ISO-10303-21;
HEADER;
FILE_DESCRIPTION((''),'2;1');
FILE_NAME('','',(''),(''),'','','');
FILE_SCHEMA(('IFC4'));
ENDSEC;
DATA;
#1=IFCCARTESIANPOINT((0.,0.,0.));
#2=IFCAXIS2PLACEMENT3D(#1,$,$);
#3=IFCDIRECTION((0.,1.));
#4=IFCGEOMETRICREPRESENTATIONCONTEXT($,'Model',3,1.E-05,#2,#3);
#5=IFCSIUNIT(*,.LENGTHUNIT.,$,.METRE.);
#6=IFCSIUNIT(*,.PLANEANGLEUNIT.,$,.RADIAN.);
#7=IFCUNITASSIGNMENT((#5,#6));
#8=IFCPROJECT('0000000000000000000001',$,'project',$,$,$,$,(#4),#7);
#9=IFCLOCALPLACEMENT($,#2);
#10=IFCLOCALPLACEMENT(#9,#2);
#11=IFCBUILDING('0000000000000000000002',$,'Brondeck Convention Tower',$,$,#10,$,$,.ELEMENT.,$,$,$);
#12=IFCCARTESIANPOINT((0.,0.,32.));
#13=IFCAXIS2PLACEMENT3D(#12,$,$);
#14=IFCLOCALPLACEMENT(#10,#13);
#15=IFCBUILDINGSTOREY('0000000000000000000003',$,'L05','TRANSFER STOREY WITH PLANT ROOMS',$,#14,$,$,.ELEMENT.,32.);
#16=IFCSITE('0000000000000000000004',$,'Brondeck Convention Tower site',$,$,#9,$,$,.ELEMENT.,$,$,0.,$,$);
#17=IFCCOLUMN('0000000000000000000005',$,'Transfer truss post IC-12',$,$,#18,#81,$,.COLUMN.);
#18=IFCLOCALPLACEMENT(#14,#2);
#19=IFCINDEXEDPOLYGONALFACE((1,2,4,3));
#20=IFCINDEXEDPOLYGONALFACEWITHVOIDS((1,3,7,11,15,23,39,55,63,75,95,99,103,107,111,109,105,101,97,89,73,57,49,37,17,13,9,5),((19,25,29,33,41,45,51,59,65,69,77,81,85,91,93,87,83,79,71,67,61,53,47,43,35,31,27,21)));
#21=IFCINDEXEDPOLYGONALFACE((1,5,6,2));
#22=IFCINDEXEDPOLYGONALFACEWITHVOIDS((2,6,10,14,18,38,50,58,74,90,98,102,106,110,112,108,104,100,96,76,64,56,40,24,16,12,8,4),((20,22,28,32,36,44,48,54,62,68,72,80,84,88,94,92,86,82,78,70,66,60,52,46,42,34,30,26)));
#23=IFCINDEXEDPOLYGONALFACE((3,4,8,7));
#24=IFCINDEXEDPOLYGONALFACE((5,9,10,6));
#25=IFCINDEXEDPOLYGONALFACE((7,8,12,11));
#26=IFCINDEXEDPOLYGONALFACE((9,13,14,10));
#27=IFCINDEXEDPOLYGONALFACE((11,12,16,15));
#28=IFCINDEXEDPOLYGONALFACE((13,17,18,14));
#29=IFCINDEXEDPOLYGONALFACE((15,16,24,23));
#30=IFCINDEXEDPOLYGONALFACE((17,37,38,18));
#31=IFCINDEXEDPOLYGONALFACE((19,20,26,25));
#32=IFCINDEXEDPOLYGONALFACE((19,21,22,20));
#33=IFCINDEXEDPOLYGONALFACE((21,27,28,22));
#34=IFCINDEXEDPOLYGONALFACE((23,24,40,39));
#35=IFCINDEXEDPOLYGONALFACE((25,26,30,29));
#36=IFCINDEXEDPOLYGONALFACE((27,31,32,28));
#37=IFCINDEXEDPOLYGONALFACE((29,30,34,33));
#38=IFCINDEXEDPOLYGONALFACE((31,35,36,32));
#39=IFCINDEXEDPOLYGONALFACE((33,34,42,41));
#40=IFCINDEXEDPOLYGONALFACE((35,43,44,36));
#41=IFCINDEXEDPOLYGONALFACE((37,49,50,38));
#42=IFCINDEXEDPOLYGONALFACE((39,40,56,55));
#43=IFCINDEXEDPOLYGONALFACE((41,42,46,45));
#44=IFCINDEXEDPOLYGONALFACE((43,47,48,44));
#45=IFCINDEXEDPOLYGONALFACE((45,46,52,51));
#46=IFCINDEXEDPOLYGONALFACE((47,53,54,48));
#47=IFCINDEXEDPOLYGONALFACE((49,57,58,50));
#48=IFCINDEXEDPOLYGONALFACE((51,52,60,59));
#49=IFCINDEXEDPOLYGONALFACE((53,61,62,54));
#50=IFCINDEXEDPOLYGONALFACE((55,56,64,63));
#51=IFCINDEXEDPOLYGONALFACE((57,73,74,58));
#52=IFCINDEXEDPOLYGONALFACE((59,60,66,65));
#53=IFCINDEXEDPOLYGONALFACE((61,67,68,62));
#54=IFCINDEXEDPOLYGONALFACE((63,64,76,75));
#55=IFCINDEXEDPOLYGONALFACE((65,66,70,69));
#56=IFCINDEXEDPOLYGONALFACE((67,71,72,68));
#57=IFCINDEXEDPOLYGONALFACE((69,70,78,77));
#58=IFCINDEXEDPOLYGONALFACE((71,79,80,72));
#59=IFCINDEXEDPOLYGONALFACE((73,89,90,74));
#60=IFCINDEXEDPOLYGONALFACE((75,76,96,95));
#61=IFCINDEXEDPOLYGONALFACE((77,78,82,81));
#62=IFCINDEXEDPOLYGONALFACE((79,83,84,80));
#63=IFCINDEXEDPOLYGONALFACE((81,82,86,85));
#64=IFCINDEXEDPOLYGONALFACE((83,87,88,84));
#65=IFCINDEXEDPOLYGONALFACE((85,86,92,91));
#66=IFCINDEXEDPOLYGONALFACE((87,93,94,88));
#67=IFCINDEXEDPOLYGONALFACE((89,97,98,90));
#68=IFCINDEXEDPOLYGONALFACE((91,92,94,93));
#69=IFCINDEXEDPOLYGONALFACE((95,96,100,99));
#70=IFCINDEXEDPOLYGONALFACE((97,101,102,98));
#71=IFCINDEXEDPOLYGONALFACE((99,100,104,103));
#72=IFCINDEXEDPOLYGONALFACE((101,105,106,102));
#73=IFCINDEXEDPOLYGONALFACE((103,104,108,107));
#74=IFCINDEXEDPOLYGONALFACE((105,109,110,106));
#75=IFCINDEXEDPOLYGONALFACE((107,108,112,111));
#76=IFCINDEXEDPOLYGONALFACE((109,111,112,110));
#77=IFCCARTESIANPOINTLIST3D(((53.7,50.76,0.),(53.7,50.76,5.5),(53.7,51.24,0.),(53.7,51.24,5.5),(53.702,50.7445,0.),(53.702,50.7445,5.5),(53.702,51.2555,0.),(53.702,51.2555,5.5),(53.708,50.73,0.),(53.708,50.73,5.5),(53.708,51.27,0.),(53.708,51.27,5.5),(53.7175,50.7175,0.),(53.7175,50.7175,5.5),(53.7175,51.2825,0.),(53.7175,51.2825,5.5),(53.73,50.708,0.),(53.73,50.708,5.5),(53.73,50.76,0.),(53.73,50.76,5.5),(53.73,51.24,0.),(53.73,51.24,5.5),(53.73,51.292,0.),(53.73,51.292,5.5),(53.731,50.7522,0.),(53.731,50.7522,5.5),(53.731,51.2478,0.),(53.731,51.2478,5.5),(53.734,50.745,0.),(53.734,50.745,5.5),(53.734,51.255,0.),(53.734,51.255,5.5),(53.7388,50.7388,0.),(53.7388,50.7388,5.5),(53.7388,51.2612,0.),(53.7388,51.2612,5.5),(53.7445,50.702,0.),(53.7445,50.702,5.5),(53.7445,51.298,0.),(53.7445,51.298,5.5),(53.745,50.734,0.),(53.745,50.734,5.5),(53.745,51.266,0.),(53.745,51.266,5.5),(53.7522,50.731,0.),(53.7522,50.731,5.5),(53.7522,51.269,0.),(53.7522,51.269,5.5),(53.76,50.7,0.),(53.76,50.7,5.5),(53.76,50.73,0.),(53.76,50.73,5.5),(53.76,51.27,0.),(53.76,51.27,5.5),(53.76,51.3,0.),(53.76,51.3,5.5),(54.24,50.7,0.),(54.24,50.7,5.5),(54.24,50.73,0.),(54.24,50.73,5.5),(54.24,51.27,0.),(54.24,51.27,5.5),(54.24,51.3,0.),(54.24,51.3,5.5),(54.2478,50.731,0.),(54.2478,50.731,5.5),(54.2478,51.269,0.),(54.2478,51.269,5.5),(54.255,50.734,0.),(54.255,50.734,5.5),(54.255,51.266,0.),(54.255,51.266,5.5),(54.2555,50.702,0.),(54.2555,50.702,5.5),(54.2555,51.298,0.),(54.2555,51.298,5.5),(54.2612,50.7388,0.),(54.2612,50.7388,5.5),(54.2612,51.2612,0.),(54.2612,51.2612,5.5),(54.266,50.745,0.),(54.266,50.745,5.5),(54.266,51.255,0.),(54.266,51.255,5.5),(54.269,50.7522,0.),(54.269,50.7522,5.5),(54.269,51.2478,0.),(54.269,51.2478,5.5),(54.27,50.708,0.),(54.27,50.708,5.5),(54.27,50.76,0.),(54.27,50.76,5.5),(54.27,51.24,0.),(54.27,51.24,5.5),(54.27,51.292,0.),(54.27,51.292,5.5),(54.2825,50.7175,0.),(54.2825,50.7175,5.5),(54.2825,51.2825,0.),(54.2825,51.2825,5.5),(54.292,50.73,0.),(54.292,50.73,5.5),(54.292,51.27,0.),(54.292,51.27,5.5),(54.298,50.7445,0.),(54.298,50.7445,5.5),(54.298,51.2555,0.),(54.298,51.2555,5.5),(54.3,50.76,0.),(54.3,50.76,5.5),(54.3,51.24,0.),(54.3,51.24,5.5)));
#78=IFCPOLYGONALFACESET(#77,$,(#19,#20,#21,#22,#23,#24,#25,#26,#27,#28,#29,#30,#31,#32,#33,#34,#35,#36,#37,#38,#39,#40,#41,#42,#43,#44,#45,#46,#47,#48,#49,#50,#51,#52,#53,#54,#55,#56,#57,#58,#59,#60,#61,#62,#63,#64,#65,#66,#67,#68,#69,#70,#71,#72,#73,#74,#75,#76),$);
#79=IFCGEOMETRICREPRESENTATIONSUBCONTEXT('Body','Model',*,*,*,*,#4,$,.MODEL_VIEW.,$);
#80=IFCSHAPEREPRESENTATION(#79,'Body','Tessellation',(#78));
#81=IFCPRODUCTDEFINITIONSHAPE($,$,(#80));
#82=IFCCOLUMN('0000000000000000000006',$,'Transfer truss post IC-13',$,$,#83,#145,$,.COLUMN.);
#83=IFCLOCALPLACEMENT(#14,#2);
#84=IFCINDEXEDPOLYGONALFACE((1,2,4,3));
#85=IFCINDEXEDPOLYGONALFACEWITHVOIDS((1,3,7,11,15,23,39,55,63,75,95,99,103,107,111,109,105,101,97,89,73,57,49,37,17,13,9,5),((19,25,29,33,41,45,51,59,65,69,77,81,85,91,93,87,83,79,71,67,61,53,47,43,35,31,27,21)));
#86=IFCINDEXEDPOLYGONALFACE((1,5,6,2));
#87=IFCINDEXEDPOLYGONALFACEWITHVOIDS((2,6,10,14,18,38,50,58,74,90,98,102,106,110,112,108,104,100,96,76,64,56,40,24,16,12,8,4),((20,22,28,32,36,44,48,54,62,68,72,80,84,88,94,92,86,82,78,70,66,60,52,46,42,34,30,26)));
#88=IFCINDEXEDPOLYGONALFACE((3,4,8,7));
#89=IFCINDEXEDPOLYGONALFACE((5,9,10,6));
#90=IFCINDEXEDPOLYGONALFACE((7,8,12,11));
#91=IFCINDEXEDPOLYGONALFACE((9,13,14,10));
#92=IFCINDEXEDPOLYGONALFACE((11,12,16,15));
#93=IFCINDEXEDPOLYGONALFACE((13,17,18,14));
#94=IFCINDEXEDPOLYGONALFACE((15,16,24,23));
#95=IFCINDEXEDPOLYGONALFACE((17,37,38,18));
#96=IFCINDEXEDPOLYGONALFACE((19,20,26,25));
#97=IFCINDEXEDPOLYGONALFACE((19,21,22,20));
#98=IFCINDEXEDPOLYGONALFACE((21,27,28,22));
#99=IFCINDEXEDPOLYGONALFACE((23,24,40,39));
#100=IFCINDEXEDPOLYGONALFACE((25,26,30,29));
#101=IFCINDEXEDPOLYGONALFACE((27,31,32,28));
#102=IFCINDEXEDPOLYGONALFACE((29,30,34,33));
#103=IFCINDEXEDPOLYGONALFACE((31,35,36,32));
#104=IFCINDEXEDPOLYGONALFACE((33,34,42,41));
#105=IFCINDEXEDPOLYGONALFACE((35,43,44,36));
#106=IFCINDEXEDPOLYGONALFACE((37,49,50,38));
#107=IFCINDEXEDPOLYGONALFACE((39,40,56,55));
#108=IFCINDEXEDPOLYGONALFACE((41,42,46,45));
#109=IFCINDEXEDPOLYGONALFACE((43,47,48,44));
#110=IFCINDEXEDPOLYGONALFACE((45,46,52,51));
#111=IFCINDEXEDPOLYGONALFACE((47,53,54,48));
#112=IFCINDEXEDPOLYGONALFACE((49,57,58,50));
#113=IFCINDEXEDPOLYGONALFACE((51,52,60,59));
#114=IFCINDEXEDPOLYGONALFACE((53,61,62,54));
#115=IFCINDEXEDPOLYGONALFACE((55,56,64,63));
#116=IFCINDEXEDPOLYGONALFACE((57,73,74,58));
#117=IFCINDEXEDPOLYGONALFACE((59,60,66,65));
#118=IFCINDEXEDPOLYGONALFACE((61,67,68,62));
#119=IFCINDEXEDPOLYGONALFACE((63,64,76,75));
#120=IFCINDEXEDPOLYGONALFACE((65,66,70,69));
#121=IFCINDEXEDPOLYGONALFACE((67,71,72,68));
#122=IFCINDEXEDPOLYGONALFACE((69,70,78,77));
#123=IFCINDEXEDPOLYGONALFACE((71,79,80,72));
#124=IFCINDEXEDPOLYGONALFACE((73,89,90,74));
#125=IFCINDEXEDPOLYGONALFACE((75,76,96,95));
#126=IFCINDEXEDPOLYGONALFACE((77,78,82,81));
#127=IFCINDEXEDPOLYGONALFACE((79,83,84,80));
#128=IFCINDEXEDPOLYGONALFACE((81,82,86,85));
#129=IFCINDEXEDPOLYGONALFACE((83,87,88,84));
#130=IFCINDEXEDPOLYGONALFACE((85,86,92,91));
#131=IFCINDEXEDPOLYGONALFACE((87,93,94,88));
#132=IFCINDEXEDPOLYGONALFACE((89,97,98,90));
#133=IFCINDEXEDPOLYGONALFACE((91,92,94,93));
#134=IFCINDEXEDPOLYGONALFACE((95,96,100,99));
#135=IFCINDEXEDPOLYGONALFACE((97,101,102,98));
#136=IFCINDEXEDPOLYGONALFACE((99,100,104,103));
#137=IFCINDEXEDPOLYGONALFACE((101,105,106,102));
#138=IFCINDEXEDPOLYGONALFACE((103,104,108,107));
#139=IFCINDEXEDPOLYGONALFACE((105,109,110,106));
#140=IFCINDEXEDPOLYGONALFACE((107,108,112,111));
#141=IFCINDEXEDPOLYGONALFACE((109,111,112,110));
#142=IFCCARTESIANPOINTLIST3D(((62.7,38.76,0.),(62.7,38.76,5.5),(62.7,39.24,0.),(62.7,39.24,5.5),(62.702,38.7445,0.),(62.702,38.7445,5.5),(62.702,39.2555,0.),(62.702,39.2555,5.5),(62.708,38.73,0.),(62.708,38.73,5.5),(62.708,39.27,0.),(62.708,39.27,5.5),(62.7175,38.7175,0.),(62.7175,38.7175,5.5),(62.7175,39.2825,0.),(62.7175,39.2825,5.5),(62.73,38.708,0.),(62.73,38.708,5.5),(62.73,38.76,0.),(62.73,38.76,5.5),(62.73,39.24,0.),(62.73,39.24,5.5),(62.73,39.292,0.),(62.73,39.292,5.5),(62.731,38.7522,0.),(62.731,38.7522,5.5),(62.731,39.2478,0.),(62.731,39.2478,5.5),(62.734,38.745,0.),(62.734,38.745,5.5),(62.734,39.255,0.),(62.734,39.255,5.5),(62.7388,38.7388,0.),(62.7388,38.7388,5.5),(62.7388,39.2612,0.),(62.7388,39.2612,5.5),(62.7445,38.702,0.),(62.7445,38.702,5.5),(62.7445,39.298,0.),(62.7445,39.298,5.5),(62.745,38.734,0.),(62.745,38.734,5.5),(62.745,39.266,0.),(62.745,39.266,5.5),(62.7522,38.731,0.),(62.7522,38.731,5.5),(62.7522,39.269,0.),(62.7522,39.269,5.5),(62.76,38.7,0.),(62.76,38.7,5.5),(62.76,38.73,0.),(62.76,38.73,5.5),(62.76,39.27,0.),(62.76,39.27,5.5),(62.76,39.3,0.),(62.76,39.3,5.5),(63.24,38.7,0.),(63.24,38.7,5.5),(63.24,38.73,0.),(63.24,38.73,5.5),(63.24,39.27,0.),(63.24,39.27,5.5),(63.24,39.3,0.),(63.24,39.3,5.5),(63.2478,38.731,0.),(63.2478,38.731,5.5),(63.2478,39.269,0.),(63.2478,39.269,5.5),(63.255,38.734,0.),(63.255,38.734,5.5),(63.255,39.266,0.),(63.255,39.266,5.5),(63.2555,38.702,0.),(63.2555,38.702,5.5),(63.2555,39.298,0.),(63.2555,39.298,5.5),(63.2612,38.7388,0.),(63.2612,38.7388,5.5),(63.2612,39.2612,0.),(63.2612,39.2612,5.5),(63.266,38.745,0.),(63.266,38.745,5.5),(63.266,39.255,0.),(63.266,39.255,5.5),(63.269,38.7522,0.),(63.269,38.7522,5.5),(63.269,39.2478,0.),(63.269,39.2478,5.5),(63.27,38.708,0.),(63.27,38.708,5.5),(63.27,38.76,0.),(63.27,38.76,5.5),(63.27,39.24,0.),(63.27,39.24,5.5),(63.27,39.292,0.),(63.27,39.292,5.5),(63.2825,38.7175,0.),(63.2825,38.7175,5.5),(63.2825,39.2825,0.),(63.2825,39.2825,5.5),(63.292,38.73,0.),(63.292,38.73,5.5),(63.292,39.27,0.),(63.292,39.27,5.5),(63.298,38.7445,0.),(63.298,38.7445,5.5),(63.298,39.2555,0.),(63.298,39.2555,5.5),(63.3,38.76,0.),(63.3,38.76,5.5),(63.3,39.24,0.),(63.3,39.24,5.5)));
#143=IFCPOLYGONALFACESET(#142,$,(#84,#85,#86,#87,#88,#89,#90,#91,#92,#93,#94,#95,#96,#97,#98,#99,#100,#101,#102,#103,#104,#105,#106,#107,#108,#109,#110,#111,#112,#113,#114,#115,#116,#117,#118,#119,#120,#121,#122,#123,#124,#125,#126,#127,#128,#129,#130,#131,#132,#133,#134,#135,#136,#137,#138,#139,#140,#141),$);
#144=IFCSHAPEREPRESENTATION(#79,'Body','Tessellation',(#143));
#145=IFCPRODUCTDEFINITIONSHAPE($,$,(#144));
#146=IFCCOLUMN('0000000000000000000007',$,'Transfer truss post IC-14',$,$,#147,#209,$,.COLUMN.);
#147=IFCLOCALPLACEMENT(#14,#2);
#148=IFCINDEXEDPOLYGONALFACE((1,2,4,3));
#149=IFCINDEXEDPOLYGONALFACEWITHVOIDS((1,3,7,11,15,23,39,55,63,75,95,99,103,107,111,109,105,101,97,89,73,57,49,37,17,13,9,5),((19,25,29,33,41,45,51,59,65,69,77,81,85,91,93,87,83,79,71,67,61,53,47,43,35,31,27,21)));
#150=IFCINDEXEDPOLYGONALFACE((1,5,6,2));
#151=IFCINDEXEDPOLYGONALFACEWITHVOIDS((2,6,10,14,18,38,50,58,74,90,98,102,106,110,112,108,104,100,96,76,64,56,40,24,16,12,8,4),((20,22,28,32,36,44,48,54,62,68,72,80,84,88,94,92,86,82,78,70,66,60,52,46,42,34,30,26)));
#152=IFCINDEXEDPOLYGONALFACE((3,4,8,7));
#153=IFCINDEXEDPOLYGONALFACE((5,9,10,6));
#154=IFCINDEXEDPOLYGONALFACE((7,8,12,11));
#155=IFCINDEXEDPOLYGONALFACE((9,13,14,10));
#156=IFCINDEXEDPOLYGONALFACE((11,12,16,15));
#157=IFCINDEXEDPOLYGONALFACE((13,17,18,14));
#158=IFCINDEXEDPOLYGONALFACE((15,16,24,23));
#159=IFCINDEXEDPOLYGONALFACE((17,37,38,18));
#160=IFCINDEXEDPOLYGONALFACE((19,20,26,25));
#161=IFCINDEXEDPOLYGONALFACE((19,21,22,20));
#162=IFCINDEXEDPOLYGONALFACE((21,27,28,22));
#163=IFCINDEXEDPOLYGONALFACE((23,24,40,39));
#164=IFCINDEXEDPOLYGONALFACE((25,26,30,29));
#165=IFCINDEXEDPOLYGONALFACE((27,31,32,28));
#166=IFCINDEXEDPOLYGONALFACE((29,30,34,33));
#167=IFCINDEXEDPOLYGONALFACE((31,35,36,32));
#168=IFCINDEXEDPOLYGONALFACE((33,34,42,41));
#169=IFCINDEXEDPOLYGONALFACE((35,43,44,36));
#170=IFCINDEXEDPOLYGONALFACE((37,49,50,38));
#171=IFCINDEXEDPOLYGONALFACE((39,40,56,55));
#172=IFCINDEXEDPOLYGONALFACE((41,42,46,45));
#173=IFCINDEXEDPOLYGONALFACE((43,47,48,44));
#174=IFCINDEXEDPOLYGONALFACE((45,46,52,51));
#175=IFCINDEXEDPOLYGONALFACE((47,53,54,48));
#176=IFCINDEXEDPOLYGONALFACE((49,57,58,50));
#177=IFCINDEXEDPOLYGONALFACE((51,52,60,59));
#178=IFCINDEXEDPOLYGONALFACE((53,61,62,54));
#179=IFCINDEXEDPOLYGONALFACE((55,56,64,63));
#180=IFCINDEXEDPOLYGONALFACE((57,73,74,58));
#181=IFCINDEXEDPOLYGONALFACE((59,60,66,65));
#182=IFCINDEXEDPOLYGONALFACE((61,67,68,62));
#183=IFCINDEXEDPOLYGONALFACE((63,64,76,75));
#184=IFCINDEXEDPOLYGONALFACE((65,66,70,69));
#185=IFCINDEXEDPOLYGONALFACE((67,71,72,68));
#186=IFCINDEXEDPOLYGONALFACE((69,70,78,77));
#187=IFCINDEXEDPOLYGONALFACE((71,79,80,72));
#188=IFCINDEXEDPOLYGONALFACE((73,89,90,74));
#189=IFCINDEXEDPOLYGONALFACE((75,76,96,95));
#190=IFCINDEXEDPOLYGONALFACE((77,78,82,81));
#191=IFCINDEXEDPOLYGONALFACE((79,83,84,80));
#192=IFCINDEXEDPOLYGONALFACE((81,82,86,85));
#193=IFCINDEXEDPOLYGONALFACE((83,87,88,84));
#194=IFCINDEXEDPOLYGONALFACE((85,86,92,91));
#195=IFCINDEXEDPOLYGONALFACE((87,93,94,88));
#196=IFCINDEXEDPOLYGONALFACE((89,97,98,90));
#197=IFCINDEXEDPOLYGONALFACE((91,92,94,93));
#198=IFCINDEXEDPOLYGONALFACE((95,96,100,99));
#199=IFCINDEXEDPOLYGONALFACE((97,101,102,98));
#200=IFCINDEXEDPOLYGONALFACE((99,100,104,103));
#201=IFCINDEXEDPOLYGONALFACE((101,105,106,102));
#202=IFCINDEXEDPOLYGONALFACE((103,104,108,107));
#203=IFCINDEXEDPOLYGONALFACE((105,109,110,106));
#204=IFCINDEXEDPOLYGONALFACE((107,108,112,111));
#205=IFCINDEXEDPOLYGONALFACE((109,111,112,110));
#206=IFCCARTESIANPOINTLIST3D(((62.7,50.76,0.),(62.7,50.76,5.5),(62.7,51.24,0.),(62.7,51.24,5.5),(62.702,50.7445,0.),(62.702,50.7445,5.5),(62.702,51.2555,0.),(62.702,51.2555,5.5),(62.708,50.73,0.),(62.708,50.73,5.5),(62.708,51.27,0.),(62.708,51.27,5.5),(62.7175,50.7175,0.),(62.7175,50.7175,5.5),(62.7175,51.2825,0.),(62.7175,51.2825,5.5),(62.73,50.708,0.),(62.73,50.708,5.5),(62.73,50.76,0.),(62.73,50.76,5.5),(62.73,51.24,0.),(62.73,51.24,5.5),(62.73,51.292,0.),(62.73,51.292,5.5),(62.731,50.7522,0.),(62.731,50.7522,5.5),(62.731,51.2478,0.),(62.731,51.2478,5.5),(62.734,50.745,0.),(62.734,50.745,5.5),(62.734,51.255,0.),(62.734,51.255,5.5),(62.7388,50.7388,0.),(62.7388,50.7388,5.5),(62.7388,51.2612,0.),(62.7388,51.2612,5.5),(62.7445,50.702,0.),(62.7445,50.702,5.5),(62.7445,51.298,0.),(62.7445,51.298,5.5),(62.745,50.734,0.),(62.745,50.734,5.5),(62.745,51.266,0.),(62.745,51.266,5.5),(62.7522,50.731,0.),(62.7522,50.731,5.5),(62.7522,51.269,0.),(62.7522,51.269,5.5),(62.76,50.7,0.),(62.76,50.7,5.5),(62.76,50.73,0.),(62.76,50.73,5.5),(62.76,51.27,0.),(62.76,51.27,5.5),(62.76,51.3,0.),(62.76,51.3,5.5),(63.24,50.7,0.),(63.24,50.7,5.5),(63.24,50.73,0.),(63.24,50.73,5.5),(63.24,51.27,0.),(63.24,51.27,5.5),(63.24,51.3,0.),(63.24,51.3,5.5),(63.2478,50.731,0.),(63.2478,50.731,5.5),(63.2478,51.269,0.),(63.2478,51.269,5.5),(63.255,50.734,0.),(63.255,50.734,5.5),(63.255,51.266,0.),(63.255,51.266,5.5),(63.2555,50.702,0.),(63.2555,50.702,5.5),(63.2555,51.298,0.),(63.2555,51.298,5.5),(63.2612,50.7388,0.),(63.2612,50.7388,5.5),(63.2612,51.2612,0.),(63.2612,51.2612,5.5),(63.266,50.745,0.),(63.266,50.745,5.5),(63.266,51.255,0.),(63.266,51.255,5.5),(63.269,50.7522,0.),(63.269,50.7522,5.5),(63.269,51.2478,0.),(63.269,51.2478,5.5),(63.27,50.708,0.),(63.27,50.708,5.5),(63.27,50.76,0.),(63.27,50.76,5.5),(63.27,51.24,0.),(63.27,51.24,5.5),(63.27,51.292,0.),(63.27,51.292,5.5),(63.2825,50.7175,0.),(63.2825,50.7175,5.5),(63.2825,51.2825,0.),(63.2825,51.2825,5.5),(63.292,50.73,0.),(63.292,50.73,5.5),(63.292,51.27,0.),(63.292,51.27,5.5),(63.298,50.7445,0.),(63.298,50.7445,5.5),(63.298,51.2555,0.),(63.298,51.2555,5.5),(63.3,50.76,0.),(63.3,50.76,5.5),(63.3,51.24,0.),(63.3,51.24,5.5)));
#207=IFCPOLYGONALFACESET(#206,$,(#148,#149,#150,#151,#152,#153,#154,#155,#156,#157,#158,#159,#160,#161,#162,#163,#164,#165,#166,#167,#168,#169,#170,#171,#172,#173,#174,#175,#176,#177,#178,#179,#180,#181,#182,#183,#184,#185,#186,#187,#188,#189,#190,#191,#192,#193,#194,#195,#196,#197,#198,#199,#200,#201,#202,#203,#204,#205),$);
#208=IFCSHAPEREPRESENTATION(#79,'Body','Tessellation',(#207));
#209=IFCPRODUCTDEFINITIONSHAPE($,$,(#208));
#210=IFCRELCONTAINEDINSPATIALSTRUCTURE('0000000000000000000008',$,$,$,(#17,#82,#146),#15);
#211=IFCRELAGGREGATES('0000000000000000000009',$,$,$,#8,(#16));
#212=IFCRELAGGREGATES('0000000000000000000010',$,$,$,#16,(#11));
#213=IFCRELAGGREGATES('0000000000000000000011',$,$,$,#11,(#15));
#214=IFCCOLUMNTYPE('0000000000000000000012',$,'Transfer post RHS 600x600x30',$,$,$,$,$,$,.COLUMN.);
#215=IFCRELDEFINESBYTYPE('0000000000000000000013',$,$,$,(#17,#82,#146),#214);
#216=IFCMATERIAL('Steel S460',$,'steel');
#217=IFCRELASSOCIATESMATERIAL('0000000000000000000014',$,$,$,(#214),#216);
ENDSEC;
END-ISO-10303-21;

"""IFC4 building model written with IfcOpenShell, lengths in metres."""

from ifc_helpers import new_model, si_unit, direction, frame, origin, origin_2d, place, context, subcontext, project, spatial, hollow_rectangle, extrude, material, material_profile, profile_set, type_object, element, save


model = new_model("IFC4")

# Units and contexts
model_context = context("Model", 3, precision=1e-05, world=origin(), true_north=direction((0.0, 1.0)))
body_context = subcontext(model_context, "Body", "Model", "MODEL_VIEW")
ifc_project = project(units=[si_unit("LENGTHUNIT", "METRE"), si_unit("PLANEANGLEUNIT", "RADIAN")], contexts=[model_context])

# Site, building, storey
site_placement = place(None, origin())
site = spatial("IfcSite", under=ifc_project, at=site_placement, Name="Brondeck Convention Tower site", CompositionType="ELEMENT", RefElevation=0.0)
building_placement = place(site_placement, origin())
building = spatial("IfcBuilding", under=site, at=building_placement, Name="Brondeck Convention Tower", CompositionType="ELEMENT")
storey_placement = place(building_placement, frame((0.0, 0.0, 32.0)))
storey = spatial("IfcBuildingStorey", under=building, at=storey_placement, Name="L05", Description="TRANSFER STOREY WITH PLANT ROOMS", CompositionType="ELEMENT", Elevation=32.0)

# Columns
ifc_material_1 = material(Name="Steel S460", Category="steel")
ifc_material_profile_1 = material_profile(ifc_material_1, hollow_rectangle(XDim=0.6001, YDim=0.6001, WallThickness=0.03, InnerFilletRadius=0.03, OuterFilletRadius=0.0601, at=origin_2d()), Name="RHS 600x600x30")
ifc_profile_set_1 = profile_set([ifc_material_profile_1], Name="Steel S460")
column_type = type_object("IfcColumnType", Name="Transfer post RHS 600x600x30", PredefinedType="COLUMN", material=ifc_profile_set_1)
for number, where, z_axis, x_axis, name in (
    (1, (54.0, 51.0, 0.0), (0.0, 0.0, 1.0), (1.0, 0.0, 0.0), "Transfer truss post IC-12"),
    (2, (63.0, 39.0, 0.0), (0.0, 0.0, 1.0), (1.0, 0.0, 0.0), "Transfer truss post IC-13"),
    (3, (63.0, 51.0, 0.0), (0.0, 0.0, 1.0), (1.0, 0.0, 0.0), "Transfer truss post IC-14"),
):
    element("IfcColumn", number, at=place(storey_placement, frame(where, z_axis=z_axis, x_axis=x_axis)), inside=storey, type_object=column_type, Name=name, PredefinedType="COLUMN", context=body_context, shape_type="SweptSolid", body=[
        extrude(hollow_rectangle(XDim=0.6001, YDim=0.6001, WallThickness=0.03, InnerFilletRadius=0.03, OuterFilletRadius=0.0601, at=origin_2d()), origin(), (0.0, 0.0, 1.0), 5.5),
    ])

save(model, "model.ifc")
